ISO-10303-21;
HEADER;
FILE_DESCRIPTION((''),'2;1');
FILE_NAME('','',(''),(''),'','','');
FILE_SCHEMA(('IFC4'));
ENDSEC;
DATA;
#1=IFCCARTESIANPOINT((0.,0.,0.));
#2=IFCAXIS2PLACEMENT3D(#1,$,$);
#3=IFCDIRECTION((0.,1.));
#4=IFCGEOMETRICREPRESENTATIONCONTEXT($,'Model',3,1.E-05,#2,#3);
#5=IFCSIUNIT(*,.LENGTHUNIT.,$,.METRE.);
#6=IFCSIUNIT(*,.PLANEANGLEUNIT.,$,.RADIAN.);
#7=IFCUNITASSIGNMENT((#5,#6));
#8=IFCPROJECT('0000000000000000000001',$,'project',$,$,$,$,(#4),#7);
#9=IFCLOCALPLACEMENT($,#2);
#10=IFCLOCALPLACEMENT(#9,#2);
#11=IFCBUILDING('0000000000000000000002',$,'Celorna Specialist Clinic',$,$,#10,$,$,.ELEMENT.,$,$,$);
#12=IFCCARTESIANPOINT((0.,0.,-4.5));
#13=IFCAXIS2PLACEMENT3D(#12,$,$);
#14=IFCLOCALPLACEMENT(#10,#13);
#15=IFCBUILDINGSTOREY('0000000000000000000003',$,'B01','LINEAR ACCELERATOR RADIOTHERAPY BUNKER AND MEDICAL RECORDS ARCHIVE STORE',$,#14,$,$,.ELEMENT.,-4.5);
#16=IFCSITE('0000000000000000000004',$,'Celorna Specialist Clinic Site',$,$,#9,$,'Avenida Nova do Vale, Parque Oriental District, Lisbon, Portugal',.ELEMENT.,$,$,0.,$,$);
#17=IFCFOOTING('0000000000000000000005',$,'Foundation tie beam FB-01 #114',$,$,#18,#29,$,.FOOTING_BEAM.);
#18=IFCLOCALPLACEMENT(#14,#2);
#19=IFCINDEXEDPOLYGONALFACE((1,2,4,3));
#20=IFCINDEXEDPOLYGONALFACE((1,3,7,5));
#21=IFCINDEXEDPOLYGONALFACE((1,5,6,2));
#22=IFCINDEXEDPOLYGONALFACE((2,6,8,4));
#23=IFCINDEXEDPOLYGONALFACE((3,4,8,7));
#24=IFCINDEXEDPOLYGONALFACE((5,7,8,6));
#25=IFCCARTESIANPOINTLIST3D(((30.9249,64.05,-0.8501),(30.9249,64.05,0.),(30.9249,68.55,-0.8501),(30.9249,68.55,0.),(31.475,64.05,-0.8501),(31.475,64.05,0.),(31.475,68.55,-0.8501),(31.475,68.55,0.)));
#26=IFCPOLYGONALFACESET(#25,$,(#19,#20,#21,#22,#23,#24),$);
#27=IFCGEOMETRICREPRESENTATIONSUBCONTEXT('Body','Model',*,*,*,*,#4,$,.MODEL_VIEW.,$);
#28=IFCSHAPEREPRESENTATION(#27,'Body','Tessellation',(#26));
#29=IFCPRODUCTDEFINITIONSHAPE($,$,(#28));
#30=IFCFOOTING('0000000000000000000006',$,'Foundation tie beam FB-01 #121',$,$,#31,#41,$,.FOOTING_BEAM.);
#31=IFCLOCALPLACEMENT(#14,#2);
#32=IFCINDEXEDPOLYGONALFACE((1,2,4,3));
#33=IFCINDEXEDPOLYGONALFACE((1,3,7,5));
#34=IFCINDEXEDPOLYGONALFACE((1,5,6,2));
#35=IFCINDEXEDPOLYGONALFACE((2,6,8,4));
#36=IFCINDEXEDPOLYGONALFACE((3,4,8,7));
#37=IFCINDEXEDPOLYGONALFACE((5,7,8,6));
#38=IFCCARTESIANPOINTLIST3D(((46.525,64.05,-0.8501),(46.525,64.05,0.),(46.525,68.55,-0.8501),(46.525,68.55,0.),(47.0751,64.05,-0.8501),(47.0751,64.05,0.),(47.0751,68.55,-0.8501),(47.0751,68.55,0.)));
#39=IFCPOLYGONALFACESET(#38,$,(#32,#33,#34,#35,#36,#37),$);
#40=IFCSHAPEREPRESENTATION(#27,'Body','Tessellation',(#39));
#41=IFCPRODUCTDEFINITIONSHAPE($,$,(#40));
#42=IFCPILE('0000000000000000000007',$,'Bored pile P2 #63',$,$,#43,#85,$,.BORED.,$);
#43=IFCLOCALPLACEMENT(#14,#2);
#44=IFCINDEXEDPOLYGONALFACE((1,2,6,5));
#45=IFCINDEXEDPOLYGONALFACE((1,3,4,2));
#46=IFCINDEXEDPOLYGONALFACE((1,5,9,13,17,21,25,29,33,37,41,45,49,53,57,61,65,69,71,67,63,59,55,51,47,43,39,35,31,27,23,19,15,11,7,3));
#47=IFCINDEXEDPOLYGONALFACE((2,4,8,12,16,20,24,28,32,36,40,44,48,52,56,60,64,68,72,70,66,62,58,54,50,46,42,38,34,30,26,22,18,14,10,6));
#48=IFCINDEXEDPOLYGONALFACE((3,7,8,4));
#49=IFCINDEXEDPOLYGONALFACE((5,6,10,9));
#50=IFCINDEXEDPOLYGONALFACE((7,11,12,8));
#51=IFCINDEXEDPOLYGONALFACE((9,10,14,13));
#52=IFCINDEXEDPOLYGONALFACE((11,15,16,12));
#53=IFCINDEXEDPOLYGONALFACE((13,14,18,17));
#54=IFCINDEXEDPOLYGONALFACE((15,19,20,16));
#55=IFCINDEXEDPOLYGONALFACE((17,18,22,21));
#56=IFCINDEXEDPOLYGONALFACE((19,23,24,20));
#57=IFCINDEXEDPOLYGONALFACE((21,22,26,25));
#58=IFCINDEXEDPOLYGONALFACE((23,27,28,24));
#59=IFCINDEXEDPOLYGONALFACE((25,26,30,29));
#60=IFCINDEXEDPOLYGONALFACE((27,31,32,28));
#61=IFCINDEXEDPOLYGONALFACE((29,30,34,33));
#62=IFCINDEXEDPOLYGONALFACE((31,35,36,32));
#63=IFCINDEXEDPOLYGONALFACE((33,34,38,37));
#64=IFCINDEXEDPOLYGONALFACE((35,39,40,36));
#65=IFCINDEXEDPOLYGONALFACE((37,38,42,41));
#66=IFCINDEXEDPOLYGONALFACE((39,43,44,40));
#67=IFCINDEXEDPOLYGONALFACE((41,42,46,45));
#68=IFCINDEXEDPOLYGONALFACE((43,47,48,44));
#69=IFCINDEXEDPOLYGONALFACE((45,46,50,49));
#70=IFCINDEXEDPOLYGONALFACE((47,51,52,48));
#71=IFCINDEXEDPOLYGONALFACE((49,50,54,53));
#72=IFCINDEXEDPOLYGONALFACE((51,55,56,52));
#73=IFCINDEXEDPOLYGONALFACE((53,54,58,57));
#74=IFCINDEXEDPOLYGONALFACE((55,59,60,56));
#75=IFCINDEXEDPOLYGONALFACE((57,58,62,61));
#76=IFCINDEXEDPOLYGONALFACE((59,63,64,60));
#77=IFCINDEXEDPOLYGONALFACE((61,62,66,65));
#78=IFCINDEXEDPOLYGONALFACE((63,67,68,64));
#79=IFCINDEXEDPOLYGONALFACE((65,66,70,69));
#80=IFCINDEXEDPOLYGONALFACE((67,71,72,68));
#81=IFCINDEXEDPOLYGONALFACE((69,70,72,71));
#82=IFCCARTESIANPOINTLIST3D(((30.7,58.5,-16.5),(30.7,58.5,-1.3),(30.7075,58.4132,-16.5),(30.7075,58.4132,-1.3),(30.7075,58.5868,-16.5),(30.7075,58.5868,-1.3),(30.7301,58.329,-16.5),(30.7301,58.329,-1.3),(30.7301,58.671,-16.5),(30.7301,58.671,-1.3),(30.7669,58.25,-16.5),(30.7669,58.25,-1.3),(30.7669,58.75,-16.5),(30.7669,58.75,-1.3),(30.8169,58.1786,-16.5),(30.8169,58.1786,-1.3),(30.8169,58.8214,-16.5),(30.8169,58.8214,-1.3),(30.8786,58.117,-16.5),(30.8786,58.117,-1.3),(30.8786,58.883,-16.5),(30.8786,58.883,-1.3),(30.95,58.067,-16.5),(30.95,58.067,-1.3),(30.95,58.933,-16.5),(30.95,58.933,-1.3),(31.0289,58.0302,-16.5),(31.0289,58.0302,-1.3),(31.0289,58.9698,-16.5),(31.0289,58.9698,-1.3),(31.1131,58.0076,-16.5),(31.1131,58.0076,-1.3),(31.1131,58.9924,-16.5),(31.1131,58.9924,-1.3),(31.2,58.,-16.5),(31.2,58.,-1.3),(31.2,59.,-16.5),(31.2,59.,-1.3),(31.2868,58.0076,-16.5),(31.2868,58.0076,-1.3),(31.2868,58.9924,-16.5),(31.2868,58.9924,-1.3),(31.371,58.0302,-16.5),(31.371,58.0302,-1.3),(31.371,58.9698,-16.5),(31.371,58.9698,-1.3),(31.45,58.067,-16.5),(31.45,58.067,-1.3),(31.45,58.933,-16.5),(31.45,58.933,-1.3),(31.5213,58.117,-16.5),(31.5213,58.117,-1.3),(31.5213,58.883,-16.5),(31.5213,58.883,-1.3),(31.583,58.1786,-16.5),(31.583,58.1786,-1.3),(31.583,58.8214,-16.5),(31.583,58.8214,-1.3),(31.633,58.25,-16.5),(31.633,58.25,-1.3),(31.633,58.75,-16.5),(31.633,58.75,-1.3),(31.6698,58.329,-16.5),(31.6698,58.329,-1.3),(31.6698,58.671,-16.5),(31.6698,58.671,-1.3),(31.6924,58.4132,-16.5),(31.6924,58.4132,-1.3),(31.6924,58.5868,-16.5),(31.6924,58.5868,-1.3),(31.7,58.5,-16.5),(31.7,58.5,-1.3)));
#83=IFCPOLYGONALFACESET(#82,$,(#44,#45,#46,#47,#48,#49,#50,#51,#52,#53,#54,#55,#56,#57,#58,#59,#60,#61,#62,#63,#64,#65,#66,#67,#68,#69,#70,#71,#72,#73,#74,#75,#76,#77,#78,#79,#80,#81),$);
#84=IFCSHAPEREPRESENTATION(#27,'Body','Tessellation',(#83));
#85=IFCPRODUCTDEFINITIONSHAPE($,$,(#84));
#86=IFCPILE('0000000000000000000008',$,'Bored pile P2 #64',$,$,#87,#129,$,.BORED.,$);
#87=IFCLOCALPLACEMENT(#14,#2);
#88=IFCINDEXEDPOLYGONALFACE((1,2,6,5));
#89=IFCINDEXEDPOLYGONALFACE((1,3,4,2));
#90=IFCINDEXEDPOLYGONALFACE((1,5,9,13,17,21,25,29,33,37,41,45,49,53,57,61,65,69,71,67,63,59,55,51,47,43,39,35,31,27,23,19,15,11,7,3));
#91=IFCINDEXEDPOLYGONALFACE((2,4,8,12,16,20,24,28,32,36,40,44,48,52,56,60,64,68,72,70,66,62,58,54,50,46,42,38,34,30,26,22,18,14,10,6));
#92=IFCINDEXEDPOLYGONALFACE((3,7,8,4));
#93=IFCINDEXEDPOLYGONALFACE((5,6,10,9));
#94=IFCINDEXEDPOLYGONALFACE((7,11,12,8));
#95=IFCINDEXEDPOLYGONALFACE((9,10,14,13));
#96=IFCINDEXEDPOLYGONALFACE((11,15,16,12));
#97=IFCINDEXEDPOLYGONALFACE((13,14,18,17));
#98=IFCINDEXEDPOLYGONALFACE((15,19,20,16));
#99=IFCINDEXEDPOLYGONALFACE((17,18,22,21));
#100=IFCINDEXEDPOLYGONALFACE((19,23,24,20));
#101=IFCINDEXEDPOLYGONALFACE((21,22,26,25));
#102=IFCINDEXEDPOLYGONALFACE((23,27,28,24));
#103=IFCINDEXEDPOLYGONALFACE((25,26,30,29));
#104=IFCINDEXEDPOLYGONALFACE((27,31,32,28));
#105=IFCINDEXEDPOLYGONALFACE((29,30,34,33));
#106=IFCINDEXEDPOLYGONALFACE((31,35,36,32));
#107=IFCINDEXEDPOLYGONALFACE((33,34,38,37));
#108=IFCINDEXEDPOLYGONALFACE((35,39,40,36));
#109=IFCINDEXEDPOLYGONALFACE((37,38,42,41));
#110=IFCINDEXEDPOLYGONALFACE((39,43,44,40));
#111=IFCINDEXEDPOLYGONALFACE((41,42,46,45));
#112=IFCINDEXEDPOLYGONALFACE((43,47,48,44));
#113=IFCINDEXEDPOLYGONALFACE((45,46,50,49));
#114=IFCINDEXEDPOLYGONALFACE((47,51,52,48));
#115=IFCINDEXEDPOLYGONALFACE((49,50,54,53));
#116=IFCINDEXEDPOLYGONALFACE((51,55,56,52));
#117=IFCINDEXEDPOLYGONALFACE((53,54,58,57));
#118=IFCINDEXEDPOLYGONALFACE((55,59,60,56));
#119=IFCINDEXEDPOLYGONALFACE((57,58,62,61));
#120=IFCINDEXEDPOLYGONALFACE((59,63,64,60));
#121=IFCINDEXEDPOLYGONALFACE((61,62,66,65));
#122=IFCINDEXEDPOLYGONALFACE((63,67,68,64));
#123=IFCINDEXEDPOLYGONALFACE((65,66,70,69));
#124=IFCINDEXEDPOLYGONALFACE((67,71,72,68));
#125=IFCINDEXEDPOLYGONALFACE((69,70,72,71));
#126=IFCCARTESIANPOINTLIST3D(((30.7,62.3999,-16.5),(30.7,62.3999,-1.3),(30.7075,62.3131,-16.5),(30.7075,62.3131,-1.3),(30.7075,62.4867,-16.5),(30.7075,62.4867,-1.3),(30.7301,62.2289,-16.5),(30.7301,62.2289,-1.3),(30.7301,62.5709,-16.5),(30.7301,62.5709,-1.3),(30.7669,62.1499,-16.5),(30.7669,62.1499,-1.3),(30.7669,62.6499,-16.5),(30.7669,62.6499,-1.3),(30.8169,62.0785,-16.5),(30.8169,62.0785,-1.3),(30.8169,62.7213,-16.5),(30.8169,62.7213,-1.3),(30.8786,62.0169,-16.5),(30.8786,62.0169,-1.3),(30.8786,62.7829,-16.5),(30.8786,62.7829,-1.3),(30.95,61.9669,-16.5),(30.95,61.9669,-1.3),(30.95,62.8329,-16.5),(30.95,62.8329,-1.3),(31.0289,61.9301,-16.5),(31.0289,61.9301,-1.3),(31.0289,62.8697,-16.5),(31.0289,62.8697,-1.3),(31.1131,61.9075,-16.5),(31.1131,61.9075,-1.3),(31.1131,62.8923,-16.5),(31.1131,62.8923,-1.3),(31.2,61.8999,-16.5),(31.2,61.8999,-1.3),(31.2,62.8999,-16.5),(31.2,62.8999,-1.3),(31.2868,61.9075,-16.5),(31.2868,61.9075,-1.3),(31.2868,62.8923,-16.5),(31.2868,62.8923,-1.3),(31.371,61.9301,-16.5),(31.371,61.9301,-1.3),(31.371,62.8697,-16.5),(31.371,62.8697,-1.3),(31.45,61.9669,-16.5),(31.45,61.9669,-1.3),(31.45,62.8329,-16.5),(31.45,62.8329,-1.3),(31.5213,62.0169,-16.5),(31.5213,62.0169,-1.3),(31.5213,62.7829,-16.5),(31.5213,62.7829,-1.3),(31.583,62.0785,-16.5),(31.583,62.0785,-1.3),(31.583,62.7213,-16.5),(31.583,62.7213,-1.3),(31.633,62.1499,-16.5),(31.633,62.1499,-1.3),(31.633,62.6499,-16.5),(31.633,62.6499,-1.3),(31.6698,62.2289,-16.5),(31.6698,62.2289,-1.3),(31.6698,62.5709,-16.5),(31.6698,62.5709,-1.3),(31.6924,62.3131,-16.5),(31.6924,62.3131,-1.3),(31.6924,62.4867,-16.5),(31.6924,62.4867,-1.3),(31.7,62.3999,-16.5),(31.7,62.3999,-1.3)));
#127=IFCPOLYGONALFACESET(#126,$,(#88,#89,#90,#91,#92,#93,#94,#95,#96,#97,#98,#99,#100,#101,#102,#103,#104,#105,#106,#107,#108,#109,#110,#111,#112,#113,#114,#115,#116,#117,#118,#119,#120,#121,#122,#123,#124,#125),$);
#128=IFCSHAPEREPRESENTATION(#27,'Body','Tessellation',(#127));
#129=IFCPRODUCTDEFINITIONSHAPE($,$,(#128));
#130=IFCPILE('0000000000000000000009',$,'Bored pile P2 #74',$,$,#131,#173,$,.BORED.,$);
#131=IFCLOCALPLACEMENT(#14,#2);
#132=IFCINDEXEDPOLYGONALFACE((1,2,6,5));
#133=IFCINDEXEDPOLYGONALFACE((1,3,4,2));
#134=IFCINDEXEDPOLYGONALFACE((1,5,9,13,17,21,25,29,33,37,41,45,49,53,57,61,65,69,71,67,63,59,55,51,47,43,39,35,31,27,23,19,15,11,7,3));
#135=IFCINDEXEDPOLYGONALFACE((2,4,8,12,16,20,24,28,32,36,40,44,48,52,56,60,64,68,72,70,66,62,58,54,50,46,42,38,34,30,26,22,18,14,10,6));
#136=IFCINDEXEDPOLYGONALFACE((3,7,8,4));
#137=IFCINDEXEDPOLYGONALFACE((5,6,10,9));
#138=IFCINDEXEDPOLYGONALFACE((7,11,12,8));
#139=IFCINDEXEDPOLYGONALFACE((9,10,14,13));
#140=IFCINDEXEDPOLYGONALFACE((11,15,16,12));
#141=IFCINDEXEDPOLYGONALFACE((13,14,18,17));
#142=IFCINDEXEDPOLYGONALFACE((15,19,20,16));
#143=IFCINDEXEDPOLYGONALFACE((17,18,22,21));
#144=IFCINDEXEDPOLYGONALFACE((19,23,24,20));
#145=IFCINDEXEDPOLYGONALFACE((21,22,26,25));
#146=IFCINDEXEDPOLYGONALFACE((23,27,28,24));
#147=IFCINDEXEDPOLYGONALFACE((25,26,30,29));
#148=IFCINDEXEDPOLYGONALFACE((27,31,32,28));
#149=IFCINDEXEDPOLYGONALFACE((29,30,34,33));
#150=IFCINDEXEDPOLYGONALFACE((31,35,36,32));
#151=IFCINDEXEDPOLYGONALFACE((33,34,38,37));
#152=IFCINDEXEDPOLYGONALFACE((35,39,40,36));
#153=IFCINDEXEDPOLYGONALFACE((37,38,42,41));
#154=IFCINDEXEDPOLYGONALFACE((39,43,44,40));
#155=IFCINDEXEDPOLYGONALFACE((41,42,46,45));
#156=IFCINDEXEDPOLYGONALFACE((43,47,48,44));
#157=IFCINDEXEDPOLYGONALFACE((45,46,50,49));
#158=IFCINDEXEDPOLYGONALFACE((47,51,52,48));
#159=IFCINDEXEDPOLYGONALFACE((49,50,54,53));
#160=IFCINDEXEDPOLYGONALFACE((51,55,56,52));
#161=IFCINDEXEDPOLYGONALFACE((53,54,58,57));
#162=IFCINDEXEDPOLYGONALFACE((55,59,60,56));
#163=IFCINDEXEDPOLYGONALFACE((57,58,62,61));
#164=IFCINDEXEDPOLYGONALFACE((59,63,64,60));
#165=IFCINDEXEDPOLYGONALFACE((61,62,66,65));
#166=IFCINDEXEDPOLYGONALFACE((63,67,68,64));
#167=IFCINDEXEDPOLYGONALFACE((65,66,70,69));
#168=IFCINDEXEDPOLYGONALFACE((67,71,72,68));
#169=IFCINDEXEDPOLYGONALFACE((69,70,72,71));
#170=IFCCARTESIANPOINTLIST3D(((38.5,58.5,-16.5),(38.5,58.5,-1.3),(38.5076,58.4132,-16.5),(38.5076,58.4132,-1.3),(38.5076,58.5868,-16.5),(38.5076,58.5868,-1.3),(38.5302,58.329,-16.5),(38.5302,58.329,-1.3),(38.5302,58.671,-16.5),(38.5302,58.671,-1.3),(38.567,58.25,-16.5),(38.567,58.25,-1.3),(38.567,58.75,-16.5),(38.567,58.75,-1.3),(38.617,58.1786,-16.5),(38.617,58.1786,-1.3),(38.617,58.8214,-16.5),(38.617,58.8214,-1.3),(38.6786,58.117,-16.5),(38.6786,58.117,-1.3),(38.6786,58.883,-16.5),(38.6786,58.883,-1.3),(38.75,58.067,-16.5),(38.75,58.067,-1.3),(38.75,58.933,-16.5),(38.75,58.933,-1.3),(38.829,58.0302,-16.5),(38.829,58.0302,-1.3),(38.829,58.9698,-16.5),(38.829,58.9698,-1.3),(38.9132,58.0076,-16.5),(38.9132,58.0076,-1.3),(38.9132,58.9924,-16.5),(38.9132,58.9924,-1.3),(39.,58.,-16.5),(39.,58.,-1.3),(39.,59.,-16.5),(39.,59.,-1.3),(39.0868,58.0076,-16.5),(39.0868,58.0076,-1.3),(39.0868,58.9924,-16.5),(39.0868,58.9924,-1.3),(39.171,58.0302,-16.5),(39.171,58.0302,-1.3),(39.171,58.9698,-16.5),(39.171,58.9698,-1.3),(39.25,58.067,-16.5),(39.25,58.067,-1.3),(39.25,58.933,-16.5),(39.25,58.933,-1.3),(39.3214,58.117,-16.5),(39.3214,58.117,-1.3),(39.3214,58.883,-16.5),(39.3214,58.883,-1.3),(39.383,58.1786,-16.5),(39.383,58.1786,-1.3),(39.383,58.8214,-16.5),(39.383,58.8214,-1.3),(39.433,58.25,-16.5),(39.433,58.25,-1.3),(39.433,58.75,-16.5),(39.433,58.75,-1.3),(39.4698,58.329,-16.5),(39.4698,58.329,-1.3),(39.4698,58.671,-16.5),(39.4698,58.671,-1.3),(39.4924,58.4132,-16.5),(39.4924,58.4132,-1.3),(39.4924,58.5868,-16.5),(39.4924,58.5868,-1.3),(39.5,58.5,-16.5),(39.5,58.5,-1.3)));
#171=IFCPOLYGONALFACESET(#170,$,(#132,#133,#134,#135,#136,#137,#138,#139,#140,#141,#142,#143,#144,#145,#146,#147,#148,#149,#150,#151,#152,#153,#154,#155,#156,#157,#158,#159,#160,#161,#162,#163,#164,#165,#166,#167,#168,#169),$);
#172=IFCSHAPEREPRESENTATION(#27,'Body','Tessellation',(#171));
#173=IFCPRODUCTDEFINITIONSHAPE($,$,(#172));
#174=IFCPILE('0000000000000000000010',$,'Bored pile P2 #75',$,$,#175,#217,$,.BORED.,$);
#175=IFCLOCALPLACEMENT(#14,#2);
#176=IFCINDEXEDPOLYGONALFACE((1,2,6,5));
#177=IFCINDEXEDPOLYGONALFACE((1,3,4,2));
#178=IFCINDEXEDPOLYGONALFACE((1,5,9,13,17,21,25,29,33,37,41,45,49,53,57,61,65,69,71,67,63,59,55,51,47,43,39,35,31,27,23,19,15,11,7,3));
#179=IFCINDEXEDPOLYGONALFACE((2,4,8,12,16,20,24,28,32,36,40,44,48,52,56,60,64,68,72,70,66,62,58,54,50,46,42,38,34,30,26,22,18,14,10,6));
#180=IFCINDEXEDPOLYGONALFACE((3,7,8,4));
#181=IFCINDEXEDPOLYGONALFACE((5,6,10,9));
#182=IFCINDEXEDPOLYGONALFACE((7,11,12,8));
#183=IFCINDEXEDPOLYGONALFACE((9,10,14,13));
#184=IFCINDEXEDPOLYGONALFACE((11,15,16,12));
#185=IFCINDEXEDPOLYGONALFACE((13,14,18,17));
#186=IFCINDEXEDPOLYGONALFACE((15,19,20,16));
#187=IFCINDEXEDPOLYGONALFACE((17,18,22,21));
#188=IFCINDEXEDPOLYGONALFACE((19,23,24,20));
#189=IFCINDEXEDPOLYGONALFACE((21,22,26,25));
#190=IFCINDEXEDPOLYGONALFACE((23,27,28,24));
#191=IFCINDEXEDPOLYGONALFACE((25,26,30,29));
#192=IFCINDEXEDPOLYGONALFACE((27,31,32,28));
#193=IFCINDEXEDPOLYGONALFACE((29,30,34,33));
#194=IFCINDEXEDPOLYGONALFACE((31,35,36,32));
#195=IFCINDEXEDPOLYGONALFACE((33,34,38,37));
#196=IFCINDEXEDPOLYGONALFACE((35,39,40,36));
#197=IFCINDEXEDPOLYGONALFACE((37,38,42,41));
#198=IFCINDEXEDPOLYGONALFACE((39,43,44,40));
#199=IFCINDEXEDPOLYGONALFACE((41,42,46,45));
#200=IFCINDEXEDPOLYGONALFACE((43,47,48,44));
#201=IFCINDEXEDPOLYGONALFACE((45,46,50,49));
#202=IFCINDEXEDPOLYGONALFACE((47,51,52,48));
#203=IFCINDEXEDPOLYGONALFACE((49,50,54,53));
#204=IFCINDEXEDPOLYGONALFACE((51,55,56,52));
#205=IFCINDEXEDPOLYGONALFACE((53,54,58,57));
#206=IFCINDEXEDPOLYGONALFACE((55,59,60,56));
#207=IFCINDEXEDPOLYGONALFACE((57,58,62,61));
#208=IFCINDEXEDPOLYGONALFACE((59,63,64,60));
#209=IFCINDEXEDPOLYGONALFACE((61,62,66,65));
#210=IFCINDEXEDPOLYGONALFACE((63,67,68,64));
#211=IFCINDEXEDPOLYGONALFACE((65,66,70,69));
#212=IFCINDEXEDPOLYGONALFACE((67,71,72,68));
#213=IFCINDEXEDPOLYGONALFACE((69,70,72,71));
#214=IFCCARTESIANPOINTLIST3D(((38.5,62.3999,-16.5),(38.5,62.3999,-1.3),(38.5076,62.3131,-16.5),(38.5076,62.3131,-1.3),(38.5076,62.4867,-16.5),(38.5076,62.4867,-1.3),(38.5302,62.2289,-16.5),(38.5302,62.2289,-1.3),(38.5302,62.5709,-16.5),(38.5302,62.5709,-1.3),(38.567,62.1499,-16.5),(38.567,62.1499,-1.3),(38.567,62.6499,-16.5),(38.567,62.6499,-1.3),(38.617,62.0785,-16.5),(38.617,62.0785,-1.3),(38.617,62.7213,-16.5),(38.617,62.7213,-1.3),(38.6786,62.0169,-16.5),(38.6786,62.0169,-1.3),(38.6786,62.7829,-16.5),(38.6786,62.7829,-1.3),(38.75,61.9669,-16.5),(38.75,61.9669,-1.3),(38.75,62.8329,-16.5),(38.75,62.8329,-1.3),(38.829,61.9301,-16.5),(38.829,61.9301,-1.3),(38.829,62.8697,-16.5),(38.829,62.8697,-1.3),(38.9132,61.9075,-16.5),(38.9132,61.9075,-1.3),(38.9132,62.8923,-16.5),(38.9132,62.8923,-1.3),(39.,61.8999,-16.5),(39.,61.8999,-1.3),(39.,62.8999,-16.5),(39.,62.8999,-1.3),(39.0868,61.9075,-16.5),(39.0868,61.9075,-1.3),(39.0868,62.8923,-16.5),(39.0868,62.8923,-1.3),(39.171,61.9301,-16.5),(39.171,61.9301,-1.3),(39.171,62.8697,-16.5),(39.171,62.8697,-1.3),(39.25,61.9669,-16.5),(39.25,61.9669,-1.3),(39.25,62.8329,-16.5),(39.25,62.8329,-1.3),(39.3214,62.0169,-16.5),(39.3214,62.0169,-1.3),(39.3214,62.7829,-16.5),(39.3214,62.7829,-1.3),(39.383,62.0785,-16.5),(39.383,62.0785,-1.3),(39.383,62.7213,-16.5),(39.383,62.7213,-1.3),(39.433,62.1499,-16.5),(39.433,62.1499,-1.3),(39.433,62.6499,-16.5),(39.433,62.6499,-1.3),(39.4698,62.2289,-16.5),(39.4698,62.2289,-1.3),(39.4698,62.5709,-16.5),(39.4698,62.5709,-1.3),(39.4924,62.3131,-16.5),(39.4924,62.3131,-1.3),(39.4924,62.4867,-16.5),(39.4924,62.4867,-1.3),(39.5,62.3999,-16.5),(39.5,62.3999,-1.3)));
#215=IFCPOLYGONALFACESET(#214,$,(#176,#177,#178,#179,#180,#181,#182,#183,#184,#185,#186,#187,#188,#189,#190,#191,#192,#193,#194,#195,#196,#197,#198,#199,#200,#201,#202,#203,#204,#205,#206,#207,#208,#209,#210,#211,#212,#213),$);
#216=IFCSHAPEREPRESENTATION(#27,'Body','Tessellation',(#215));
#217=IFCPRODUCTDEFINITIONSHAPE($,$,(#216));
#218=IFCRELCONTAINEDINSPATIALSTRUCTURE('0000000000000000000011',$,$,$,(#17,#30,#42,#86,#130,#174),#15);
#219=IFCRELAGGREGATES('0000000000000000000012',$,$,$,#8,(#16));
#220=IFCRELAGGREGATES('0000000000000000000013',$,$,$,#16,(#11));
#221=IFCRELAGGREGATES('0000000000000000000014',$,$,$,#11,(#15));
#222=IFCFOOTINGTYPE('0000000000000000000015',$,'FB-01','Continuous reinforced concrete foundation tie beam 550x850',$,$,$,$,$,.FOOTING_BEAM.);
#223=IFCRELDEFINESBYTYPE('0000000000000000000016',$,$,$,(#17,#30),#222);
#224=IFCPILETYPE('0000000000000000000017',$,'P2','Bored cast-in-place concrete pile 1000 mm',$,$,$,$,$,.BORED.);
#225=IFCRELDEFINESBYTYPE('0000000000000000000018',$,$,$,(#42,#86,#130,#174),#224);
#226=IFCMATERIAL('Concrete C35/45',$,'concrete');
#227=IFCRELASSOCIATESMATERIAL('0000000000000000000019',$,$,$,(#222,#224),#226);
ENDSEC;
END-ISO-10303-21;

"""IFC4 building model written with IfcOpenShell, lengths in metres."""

from ifc_helpers import new_model, si_unit, direction, frame, origin, origin_2d, place, context, subcontext, project, spatial, rectangle, circle, extrude, material, material_profile, profile_set, type_object, element, save


model = new_model("IFC4")

# Units and contexts
model_context = context("Model", 3, precision=1e-05, world=origin(), true_north=direction((0.0, 1.0)))
body_context = subcontext(model_context, "Body", "Model", "MODEL_VIEW")
ifc_project = project(units=[si_unit("LENGTHUNIT", "METRE"), si_unit("PLANEANGLEUNIT", "RADIAN")], contexts=[model_context])

# Site, building, storey
site_placement = place(None, origin())
site = spatial("IfcSite", under=ifc_project, at=site_placement, Name="Celorna Specialist Clinic Site", LongName="Avenida Nova do Vale, Parque Oriental District, Lisbon, Portugal", CompositionType="ELEMENT", RefElevation=0.0)
building_placement = place(site_placement, origin())
building = spatial("IfcBuilding", under=site, at=building_placement, Name="Celorna Specialist Clinic", CompositionType="ELEMENT")
storey_placement = place(building_placement, frame((0.0, 0.0, -4.5)))
storey = spatial("IfcBuildingStorey", under=building, at=storey_placement, Name="B01", Description="LINEAR ACCELERATOR RADIOTHERAPY BUNKER AND MEDICAL RECORDS ARCHIVE STORE", CompositionType="ELEMENT", Elevation=-4.5)

# Footings
ifc_material_1 = material(Name="Concrete C35/45", Category="concrete")
footing_type_1 = type_object("IfcFootingType", Name="FB-01", Description="Continuous reinforced concrete foundation tie beam 550x850", PredefinedType="FOOTING_BEAM", material=ifc_material_1)
for number, where, z_axis, x_axis, name in (
    (1, (31.2, 66.3, -0.8501), (0.0, 0.0, 1.0), (0.0, 1.0, 0.0), "Foundation tie beam FB-01 #114"),
    (2, (46.8, 66.3, -0.8501), (0.0, 0.0, 1.0), (0.0, 1.0, 0.0), "Foundation tie beam FB-01 #121"),
):
    element("IfcFooting", number, at=place(storey_placement, frame(where, z_axis=z_axis, x_axis=x_axis)), inside=storey, type_object=footing_type_1, Name=name, PredefinedType="FOOTING_BEAM", context=body_context, shape_type="SweptSolid", body=[
        extrude(rectangle(XDim=4.5, YDim=0.55, at=origin_2d()), origin(), (0.0, 0.0, 1.0), 0.8501),
    ])

# Piles
ifc_material_profile_1 = material_profile(ifc_material_1, circle(Radius=0.5, at=origin_2d()), Name="BORED PILE 1000")
ifc_profile_set_1 = profile_set([ifc_material_profile_1], Name="Concrete C35/45")
pile_type = type_object("IfcPileType", Name="P2", Description="Bored cast-in-place concrete pile 1000 mm", PredefinedType="BORED", material=ifc_profile_set_1)
for number, where, z_axis, x_axis, name in (
    (3, (31.2, 58.5, -1.3), (0.0, 0.0, -1.0), (1.0, 0.0, 0.0), "Bored pile P2 #63"),
    (4, (31.2, 62.3999, -1.3), (0.0, 0.0, -1.0), (1.0, 0.0, 0.0), "Bored pile P2 #64"),
    (5, (39.0, 58.5, -1.3), (0.0, 0.0, -1.0), (1.0, 0.0, 0.0), "Bored pile P2 #74"),
    (6, (39.0, 62.3999, -1.3), (0.0, 0.0, -1.0), (1.0, 0.0, 0.0), "Bored pile P2 #75"),
):
    element("IfcPile", number, at=place(storey_placement, frame(where, z_axis=z_axis, x_axis=x_axis)), inside=storey, type_object=pile_type, Name=name, PredefinedType="BORED", context=body_context, shape_type="SweptSolid", body=[
        extrude(circle(Radius=0.5, at=origin_2d()), origin(), (0.0, 0.0, 1.0), 15.2),
    ])

save(model, "model.ifc")
